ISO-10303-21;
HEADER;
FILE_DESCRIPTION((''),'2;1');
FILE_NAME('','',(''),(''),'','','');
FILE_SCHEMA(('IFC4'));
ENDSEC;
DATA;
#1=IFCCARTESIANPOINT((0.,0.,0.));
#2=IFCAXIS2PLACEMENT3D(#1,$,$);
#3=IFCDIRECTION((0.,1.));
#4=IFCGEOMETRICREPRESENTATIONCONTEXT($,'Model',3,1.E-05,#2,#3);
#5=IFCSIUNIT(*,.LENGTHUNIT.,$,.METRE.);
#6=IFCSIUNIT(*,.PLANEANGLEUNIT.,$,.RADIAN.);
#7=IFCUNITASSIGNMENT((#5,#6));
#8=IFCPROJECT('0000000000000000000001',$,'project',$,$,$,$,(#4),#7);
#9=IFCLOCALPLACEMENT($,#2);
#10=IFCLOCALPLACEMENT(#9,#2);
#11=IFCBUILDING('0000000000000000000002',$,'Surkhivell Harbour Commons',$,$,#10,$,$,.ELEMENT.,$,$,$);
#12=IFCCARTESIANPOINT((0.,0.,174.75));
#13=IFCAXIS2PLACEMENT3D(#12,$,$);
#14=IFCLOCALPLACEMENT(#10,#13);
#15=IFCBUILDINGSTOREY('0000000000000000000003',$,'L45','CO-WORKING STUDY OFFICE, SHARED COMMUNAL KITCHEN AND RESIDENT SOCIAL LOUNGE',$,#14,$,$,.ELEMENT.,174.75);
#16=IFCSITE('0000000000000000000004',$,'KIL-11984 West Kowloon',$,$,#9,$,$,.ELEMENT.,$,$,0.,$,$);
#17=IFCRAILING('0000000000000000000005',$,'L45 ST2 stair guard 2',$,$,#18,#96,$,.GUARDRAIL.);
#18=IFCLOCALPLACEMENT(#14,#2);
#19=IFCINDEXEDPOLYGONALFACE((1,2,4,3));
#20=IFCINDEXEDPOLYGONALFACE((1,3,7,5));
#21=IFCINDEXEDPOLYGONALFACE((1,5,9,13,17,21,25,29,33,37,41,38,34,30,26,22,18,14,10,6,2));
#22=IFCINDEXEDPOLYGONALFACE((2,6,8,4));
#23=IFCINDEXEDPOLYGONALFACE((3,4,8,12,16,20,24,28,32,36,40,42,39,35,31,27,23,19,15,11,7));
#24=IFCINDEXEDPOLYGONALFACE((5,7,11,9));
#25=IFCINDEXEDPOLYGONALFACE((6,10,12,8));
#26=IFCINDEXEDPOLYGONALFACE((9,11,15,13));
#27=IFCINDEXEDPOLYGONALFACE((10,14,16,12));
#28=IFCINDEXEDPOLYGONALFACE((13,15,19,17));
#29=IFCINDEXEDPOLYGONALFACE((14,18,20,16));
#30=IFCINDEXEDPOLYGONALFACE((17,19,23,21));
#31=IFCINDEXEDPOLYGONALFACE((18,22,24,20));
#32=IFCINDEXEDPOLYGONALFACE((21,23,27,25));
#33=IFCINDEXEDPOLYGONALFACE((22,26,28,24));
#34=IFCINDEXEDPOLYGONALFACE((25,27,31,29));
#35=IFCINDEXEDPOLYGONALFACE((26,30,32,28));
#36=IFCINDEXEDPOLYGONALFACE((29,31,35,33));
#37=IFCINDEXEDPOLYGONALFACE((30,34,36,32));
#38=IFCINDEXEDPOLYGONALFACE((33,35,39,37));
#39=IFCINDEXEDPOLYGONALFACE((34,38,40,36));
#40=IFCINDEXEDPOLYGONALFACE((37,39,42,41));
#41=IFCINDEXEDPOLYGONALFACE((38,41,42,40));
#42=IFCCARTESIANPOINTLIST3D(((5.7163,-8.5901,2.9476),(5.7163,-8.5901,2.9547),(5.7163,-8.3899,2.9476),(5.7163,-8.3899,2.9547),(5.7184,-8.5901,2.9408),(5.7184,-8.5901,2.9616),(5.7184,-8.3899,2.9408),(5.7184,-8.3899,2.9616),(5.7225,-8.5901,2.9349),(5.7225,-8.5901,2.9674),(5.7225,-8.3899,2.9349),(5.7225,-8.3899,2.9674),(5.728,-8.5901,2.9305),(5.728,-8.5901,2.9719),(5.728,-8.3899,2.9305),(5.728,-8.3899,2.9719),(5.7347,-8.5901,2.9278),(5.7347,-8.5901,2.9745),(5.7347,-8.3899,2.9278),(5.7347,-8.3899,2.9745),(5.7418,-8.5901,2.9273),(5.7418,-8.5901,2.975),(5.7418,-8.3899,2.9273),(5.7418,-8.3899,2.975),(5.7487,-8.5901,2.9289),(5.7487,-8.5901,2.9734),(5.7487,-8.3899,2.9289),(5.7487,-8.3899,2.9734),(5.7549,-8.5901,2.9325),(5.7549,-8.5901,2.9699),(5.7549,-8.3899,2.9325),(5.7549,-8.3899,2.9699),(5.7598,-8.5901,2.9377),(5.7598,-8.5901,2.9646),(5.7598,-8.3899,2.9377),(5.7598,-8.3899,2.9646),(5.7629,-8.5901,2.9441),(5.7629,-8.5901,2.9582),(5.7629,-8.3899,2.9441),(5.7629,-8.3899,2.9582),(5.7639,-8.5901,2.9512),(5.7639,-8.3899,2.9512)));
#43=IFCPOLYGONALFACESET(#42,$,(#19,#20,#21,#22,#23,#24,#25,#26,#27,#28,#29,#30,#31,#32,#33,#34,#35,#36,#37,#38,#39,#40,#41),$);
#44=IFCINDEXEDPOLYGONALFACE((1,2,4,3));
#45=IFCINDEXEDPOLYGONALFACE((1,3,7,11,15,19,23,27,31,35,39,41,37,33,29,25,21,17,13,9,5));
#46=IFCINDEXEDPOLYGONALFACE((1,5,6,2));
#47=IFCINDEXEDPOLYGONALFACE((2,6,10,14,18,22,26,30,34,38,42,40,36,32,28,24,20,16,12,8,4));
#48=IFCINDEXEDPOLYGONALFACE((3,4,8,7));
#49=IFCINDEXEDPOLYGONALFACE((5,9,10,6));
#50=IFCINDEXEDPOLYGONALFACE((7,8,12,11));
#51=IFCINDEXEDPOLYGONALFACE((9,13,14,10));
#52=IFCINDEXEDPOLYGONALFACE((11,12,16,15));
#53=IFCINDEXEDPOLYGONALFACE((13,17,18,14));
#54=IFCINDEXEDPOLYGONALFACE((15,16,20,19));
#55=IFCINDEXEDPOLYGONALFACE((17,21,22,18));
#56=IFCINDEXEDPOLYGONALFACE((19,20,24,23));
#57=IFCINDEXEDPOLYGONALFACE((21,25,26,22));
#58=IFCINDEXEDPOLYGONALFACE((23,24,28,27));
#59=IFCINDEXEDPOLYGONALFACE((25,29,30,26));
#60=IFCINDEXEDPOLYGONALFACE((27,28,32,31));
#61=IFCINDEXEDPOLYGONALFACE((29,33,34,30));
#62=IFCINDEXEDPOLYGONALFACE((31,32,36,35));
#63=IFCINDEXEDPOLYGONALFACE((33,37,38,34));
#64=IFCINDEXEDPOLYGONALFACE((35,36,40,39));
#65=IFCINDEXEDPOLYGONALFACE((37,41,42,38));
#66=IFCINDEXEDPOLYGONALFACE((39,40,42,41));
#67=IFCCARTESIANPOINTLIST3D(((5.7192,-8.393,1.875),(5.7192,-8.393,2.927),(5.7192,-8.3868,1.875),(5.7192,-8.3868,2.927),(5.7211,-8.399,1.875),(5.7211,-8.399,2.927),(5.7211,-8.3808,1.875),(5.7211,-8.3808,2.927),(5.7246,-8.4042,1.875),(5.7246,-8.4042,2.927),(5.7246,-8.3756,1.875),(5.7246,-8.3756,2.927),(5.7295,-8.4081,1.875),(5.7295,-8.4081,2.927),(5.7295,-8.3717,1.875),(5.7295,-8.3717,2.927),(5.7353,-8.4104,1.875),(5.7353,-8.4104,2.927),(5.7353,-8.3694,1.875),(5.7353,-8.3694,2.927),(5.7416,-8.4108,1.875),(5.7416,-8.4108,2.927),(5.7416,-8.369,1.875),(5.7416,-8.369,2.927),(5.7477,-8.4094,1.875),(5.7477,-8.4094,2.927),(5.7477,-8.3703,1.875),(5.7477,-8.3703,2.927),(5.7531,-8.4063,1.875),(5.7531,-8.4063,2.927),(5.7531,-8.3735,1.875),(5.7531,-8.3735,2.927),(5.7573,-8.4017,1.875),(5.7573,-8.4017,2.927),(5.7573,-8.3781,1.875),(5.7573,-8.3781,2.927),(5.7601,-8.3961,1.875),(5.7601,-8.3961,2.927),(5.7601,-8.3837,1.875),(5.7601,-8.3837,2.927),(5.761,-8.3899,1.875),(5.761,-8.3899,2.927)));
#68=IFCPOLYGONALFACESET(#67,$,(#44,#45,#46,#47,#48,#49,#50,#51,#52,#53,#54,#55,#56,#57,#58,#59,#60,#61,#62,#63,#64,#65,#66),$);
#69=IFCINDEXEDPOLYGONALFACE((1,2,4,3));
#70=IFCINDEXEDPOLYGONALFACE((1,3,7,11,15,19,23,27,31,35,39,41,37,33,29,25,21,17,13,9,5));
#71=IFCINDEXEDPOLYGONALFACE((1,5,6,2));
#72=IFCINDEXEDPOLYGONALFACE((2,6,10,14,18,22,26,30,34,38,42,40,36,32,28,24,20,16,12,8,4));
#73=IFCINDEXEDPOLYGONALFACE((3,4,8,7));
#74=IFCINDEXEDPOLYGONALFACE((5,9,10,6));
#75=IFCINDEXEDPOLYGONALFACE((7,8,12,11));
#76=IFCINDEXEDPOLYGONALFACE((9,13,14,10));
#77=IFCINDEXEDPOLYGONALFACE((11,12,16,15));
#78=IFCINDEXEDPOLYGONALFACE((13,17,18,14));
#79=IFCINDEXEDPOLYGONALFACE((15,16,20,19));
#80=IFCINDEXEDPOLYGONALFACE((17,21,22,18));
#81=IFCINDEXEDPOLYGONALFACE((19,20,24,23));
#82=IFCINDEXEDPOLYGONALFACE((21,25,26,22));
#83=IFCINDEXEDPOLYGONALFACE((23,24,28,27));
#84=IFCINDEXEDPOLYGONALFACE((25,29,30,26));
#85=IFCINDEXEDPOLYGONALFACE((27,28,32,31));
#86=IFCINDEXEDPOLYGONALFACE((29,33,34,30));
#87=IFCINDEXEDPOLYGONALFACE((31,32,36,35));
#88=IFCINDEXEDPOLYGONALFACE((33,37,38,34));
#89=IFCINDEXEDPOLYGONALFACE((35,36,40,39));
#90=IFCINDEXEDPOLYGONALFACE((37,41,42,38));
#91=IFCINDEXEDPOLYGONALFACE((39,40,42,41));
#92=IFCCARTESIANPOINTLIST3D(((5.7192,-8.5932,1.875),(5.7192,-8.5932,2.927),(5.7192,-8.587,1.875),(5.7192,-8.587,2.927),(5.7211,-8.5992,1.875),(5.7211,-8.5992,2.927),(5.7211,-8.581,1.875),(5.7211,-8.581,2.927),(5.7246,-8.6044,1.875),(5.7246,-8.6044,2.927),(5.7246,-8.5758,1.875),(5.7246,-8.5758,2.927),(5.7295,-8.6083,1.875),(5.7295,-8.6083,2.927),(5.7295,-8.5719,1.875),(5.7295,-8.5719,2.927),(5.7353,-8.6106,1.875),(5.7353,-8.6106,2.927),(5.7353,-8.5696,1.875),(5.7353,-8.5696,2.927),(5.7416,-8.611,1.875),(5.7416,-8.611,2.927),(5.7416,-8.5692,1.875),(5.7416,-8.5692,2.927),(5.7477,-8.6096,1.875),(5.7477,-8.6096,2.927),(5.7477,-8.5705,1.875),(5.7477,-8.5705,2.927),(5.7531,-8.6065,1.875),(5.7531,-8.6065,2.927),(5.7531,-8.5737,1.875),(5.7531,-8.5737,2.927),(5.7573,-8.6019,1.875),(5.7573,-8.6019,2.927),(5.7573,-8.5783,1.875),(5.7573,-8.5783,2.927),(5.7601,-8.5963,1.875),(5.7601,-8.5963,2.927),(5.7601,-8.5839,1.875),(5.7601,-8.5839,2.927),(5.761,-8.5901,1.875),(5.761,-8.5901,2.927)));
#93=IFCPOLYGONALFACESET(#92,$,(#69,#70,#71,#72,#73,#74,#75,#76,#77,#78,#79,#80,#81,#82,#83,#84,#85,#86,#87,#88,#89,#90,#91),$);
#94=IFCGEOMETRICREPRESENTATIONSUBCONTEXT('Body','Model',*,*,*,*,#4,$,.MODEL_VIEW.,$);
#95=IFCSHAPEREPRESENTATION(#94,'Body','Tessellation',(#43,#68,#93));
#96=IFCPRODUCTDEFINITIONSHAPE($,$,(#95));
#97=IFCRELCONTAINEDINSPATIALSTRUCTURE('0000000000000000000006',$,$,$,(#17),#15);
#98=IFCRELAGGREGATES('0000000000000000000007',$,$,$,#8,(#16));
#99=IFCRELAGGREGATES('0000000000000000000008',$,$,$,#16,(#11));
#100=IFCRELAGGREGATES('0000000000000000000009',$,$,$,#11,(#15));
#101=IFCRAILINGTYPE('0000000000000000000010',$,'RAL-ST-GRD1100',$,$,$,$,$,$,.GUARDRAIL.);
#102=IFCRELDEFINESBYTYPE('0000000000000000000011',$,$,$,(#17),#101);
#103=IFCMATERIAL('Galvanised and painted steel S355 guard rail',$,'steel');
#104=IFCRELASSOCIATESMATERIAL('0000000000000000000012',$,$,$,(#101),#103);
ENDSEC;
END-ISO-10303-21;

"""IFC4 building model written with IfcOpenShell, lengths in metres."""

from ifc_helpers import new_model, si_unit, direction, frame, origin, origin_2d, place, context, subcontext, project, spatial, circle, extrude, material, type_object, element, save


model = new_model("IFC4")

# Units and contexts
model_context = context("Model", 3, precision=1e-05, world=origin(), true_north=direction((0.0, 1.0)))
body_context = subcontext(model_context, "Body", "Model", "MODEL_VIEW")
ifc_project = project(units=[si_unit("LENGTHUNIT", "METRE"), si_unit("PLANEANGLEUNIT", "RADIAN")], contexts=[model_context])

# Site, building, storey
site_placement = place(None, origin())
site = spatial("IfcSite", under=ifc_project, at=site_placement, Name="KIL-11984 West Kowloon", CompositionType="ELEMENT", RefElevation=0.0)
building_placement = place(site_placement, origin())
building = spatial("IfcBuilding", under=site, at=building_placement, Name="Surkhivell Harbour Commons", CompositionType="ELEMENT")
storey_placement = place(building_placement, frame((0.0, 0.0, 174.75)))
storey = spatial("IfcBuildingStorey", under=building, at=storey_placement, Name="L45", Description="CO-WORKING STUDY OFFICE, SHARED COMMUNAL KITCHEN AND RESIDENT SOCIAL LOUNGE", CompositionType="ELEMENT", Elevation=174.75)

# Railing
ifc_material_1 = material(Name="Galvanised and painted steel S355 guard rail", Category="steel")
railing_type_1 = type_object("IfcRailingType", Name="RAL-ST-GRD1100", PredefinedType="GUARDRAIL", material=ifc_material_1)
railing_1_placement = place(storey_placement, frame((5.74, -8.3899, 1.875)))
element("IfcRailing", 1, at=railing_1_placement, inside=storey, type_object=railing_type_1, Name="L45 ST2 stair guard 2", PredefinedType="GUARDRAIL", context=body_context, shape_type="SweptSolid", body=[
    extrude(circle(Radius=0.0239, at=origin_2d()), frame((0.0, 0.0, 1.0762), z_axis=(0.0, -1.0, 0.0), x_axis=(1.0, 0.0, 0.0)), (0.0, 0.0, 1.0), 0.2002),
    extrude(circle(Radius=0.021, at=origin_2d()), origin(), (0.0, 0.0, 1.0), 1.052),
    extrude(circle(Radius=0.021, at=origin_2d()), frame((0.0, -0.2002, 0.0)), (0.0, 0.0, 1.0), 1.052),
])

save(model, "model.ifc")
